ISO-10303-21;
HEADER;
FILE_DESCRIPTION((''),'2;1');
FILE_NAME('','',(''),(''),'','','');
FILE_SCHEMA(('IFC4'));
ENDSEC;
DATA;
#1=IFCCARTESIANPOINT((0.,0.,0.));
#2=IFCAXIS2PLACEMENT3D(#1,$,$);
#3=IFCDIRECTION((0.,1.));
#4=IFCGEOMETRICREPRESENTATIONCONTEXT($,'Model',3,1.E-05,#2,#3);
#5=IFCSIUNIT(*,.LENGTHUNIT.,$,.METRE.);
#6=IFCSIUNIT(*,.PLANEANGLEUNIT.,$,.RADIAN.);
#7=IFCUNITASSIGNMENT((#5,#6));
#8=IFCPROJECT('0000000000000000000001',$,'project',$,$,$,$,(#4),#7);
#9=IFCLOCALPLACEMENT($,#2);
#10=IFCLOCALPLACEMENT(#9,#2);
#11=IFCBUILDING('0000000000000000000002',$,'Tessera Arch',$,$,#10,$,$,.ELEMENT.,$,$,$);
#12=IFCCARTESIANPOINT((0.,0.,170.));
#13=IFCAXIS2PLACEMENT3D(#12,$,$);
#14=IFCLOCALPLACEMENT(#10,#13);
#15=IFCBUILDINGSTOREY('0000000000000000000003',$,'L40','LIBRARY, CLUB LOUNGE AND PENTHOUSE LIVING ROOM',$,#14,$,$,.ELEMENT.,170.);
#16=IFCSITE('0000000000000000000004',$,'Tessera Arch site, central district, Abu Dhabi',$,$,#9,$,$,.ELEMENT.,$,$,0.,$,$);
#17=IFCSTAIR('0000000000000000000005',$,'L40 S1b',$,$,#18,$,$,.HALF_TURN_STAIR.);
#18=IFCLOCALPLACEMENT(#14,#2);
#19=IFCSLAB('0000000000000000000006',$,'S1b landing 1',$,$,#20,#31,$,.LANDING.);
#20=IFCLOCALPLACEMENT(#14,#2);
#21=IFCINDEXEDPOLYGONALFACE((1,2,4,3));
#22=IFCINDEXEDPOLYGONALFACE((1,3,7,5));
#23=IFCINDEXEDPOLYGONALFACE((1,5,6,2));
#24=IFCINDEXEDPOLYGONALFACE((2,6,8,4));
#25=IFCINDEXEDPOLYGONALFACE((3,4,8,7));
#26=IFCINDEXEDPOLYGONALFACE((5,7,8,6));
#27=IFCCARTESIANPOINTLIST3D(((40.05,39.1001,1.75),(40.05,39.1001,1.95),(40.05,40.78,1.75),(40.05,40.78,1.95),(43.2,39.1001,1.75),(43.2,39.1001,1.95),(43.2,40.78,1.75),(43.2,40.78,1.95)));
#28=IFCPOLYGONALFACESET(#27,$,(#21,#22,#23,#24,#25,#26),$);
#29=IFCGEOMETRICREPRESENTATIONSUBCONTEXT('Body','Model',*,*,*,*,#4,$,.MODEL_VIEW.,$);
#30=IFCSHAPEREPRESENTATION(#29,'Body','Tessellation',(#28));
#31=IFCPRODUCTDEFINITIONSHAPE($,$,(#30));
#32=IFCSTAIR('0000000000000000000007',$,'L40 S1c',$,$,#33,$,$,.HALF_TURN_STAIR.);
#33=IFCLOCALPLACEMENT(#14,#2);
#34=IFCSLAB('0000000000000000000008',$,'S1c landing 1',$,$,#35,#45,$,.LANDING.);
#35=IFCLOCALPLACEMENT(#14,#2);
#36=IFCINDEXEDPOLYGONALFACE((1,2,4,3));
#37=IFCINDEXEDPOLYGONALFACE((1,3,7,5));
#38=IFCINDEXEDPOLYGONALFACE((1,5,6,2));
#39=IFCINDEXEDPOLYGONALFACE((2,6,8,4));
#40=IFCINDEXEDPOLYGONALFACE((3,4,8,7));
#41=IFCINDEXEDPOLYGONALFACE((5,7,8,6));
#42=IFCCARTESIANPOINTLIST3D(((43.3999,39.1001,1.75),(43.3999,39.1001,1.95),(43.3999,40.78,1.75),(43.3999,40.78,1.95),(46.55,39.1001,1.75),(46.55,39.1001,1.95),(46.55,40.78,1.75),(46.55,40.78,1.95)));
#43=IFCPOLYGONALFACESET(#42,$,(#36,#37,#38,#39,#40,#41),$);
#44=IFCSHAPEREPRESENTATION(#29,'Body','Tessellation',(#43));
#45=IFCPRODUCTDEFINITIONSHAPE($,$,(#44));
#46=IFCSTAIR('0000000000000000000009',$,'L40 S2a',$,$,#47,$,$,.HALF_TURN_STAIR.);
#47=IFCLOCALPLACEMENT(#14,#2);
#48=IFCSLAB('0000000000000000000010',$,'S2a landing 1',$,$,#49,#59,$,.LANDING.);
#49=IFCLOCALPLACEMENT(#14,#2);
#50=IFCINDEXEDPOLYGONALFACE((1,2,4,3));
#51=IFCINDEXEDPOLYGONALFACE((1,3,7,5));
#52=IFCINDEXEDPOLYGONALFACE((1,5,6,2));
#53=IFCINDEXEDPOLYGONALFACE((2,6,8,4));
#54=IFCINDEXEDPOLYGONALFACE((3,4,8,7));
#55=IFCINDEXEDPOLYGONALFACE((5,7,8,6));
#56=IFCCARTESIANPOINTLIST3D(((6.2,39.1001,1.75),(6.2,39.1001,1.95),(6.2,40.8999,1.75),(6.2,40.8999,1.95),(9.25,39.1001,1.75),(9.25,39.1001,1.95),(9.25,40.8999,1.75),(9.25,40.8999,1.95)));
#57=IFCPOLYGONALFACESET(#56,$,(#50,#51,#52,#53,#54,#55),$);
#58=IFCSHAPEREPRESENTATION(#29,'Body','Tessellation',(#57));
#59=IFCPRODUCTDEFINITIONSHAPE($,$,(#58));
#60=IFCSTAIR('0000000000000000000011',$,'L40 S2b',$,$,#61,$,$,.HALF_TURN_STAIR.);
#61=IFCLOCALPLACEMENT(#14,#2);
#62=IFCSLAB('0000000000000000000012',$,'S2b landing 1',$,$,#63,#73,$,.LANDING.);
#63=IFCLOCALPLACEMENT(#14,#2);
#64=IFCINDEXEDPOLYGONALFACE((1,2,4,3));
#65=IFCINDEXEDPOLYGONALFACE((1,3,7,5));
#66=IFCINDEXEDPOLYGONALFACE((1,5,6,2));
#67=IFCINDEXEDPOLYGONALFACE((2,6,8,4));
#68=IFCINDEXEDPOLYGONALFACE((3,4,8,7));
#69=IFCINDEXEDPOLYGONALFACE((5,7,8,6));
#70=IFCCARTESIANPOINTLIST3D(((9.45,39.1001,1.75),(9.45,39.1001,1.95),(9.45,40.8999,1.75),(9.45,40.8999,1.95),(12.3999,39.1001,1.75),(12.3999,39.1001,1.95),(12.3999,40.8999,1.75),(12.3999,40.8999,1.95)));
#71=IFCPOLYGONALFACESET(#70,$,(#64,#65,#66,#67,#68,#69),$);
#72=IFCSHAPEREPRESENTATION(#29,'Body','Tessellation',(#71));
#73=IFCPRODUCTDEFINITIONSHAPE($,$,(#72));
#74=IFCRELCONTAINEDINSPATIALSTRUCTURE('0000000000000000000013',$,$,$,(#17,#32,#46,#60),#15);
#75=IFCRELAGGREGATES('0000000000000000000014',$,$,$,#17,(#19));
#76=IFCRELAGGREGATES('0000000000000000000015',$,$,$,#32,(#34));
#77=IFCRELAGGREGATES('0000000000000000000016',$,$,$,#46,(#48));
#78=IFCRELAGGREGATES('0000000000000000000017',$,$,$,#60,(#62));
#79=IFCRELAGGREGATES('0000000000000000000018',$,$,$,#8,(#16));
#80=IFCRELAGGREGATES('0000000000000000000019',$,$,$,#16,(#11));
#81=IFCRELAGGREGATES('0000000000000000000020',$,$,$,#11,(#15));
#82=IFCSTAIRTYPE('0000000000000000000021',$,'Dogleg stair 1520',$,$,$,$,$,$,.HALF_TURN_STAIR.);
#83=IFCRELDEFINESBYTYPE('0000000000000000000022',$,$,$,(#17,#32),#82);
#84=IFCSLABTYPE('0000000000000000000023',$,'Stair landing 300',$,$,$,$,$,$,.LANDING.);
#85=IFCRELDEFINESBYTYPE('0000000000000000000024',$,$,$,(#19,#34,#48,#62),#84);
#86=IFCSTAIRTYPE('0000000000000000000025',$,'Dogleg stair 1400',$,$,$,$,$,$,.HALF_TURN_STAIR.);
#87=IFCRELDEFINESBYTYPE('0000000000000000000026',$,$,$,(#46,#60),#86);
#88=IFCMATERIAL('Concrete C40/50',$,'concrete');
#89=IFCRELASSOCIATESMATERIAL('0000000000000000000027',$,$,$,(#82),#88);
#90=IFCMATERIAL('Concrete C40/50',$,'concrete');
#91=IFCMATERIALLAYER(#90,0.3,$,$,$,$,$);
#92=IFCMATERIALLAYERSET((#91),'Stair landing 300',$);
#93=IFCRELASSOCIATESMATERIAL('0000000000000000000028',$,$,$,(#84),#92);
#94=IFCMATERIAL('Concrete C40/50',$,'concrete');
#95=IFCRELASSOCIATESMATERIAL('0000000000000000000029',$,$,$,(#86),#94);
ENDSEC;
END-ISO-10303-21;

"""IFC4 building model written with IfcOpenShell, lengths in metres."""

from ifc_helpers import new_model, si_unit, direction, frame, origin, place, context, subcontext, project, spatial, polyline, outline, extrude, material, layer, layer_set, type_object, element, aggregate, save


model = new_model("IFC4")

# Units and contexts
model_context = context("Model", 3, precision=1e-05, world=origin(), true_north=direction((0.0, 1.0)))
body_context = subcontext(model_context, "Body", "Model", "MODEL_VIEW")
ifc_project = project(units=[si_unit("LENGTHUNIT", "METRE"), si_unit("PLANEANGLEUNIT", "RADIAN")], contexts=[model_context])

# Site, building, storey
site_placement = place(None, origin())
site = spatial("IfcSite", under=ifc_project, at=site_placement, Name="Tessera Arch site, central district, Abu Dhabi", CompositionType="ELEMENT", RefElevation=0.0)
building_placement = place(site_placement, origin())
building = spatial("IfcBuilding", under=site, at=building_placement, Name="Tessera Arch", CompositionType="ELEMENT")
storey_placement = place(building_placement, frame((0.0, 0.0, 170.0)))
storey = spatial("IfcBuildingStorey", under=building, at=storey_placement, Name="L40", Description="LIBRARY, CLUB LOUNGE AND PENTHOUSE LIVING ROOM", CompositionType="ELEMENT", Elevation=170.0)

# Stairs, slabs
ifc_material_1 = material(Name="Concrete C40/50", Category="concrete")
stair_type_1 = type_object("IfcStairType", Name="Dogleg stair 1520", PredefinedType="HALF_TURN_STAIR", material=ifc_material_1)
ifc_material_2 = material(Name="Concrete C40/50", Category="concrete")
ifc_layer_1 = layer(ifc_material_2, 0.3)
ifc_layer_set_1 = layer_set([ifc_layer_1], Name="Stair landing 300")
slab_type_1 = type_object("IfcSlabType", Name="Stair landing 300", PredefinedType="LANDING", material=ifc_layer_set_1)
stair_1_placement = place(storey_placement, origin())
stair_1 = element("IfcStair", 1, at=stair_1_placement, inside=storey, type_object=stair_type_1, Name="L40 S1b", PredefinedType="HALF_TURN_STAIR")
slab_1_placement = place(storey_placement, frame((0.0, 0.0, 1.75)))
slab_1 = element("IfcSlab", 2, at=slab_1_placement, type_object=slab_type_1, Name="S1b landing 1", PredefinedType="LANDING", context=body_context, shape_type="SweptSolid", body=[
    extrude(outline(polyline([(40.05, 40.78), (40.05, 39.1001), (43.2, 39.1001), (43.2, 40.78), (40.05, 40.78)])), origin(), (0.0, 0.0, 1.0), 0.2),
])
aggregate(stair_1, [slab_1])
stair_2_placement = place(storey_placement, origin())
stair_2 = element("IfcStair", 3, at=stair_2_placement, inside=storey, type_object=stair_type_1, Name="L40 S1c", PredefinedType="HALF_TURN_STAIR")
slab_2_placement = place(storey_placement, frame((0.0, 0.0, 1.75)))
slab_2 = element("IfcSlab", 4, at=slab_2_placement, type_object=slab_type_1, Name="S1c landing 1", PredefinedType="LANDING", context=body_context, shape_type="SweptSolid", body=[
    extrude(outline(polyline([(43.3999, 40.78), (43.3999, 39.1001), (46.55, 39.1001), (46.55, 40.78), (43.3999, 40.78)])), origin(), (0.0, 0.0, 1.0), 0.2),
])
aggregate(stair_2, [slab_2])
ifc_material_3 = material(Name="Concrete C40/50", Category="concrete")
stair_type_2 = type_object("IfcStairType", Name="Dogleg stair 1400", PredefinedType="HALF_TURN_STAIR", material=ifc_material_3)
stair_3_placement = place(storey_placement, origin())
stair_3 = element("IfcStair", 5, at=stair_3_placement, inside=storey, type_object=stair_type_2, Name="L40 S2a", PredefinedType="HALF_TURN_STAIR")
slab_3_placement = place(storey_placement, frame((0.0, 0.0, 1.75)))
slab_3 = element("IfcSlab", 6, at=slab_3_placement, type_object=slab_type_1, Name="S2a landing 1", PredefinedType="LANDING", context=body_context, shape_type="SweptSolid", body=[
    extrude(outline(polyline([(6.2, 40.8999), (6.2, 39.1001), (9.25, 39.1001), (9.25, 40.8999), (6.2, 40.8999)])), origin(), (0.0, 0.0, 1.0), 0.2),
])
aggregate(stair_3, [slab_3])
stair_4_placement = place(storey_placement, origin())
stair_4 = element("IfcStair", 7, at=stair_4_placement, inside=storey, type_object=stair_type_2, Name="L40 S2b", PredefinedType="HALF_TURN_STAIR")
slab_4_placement = place(storey_placement, frame((0.0, 0.0, 1.75)))
slab_4 = element("IfcSlab", 8, at=slab_4_placement, type_object=slab_type_1, Name="S2b landing 1", PredefinedType="LANDING", context=body_context, shape_type="SweptSolid", body=[
    extrude(outline(polyline([(9.45, 40.8999), (9.45, 39.1001), (12.3999, 39.1001), (12.3999, 40.8999), (9.45, 40.8999)])), origin(), (0.0, 0.0, 1.0), 0.2),
])
aggregate(stair_4, [slab_4])

save(model, "model.ifc")
